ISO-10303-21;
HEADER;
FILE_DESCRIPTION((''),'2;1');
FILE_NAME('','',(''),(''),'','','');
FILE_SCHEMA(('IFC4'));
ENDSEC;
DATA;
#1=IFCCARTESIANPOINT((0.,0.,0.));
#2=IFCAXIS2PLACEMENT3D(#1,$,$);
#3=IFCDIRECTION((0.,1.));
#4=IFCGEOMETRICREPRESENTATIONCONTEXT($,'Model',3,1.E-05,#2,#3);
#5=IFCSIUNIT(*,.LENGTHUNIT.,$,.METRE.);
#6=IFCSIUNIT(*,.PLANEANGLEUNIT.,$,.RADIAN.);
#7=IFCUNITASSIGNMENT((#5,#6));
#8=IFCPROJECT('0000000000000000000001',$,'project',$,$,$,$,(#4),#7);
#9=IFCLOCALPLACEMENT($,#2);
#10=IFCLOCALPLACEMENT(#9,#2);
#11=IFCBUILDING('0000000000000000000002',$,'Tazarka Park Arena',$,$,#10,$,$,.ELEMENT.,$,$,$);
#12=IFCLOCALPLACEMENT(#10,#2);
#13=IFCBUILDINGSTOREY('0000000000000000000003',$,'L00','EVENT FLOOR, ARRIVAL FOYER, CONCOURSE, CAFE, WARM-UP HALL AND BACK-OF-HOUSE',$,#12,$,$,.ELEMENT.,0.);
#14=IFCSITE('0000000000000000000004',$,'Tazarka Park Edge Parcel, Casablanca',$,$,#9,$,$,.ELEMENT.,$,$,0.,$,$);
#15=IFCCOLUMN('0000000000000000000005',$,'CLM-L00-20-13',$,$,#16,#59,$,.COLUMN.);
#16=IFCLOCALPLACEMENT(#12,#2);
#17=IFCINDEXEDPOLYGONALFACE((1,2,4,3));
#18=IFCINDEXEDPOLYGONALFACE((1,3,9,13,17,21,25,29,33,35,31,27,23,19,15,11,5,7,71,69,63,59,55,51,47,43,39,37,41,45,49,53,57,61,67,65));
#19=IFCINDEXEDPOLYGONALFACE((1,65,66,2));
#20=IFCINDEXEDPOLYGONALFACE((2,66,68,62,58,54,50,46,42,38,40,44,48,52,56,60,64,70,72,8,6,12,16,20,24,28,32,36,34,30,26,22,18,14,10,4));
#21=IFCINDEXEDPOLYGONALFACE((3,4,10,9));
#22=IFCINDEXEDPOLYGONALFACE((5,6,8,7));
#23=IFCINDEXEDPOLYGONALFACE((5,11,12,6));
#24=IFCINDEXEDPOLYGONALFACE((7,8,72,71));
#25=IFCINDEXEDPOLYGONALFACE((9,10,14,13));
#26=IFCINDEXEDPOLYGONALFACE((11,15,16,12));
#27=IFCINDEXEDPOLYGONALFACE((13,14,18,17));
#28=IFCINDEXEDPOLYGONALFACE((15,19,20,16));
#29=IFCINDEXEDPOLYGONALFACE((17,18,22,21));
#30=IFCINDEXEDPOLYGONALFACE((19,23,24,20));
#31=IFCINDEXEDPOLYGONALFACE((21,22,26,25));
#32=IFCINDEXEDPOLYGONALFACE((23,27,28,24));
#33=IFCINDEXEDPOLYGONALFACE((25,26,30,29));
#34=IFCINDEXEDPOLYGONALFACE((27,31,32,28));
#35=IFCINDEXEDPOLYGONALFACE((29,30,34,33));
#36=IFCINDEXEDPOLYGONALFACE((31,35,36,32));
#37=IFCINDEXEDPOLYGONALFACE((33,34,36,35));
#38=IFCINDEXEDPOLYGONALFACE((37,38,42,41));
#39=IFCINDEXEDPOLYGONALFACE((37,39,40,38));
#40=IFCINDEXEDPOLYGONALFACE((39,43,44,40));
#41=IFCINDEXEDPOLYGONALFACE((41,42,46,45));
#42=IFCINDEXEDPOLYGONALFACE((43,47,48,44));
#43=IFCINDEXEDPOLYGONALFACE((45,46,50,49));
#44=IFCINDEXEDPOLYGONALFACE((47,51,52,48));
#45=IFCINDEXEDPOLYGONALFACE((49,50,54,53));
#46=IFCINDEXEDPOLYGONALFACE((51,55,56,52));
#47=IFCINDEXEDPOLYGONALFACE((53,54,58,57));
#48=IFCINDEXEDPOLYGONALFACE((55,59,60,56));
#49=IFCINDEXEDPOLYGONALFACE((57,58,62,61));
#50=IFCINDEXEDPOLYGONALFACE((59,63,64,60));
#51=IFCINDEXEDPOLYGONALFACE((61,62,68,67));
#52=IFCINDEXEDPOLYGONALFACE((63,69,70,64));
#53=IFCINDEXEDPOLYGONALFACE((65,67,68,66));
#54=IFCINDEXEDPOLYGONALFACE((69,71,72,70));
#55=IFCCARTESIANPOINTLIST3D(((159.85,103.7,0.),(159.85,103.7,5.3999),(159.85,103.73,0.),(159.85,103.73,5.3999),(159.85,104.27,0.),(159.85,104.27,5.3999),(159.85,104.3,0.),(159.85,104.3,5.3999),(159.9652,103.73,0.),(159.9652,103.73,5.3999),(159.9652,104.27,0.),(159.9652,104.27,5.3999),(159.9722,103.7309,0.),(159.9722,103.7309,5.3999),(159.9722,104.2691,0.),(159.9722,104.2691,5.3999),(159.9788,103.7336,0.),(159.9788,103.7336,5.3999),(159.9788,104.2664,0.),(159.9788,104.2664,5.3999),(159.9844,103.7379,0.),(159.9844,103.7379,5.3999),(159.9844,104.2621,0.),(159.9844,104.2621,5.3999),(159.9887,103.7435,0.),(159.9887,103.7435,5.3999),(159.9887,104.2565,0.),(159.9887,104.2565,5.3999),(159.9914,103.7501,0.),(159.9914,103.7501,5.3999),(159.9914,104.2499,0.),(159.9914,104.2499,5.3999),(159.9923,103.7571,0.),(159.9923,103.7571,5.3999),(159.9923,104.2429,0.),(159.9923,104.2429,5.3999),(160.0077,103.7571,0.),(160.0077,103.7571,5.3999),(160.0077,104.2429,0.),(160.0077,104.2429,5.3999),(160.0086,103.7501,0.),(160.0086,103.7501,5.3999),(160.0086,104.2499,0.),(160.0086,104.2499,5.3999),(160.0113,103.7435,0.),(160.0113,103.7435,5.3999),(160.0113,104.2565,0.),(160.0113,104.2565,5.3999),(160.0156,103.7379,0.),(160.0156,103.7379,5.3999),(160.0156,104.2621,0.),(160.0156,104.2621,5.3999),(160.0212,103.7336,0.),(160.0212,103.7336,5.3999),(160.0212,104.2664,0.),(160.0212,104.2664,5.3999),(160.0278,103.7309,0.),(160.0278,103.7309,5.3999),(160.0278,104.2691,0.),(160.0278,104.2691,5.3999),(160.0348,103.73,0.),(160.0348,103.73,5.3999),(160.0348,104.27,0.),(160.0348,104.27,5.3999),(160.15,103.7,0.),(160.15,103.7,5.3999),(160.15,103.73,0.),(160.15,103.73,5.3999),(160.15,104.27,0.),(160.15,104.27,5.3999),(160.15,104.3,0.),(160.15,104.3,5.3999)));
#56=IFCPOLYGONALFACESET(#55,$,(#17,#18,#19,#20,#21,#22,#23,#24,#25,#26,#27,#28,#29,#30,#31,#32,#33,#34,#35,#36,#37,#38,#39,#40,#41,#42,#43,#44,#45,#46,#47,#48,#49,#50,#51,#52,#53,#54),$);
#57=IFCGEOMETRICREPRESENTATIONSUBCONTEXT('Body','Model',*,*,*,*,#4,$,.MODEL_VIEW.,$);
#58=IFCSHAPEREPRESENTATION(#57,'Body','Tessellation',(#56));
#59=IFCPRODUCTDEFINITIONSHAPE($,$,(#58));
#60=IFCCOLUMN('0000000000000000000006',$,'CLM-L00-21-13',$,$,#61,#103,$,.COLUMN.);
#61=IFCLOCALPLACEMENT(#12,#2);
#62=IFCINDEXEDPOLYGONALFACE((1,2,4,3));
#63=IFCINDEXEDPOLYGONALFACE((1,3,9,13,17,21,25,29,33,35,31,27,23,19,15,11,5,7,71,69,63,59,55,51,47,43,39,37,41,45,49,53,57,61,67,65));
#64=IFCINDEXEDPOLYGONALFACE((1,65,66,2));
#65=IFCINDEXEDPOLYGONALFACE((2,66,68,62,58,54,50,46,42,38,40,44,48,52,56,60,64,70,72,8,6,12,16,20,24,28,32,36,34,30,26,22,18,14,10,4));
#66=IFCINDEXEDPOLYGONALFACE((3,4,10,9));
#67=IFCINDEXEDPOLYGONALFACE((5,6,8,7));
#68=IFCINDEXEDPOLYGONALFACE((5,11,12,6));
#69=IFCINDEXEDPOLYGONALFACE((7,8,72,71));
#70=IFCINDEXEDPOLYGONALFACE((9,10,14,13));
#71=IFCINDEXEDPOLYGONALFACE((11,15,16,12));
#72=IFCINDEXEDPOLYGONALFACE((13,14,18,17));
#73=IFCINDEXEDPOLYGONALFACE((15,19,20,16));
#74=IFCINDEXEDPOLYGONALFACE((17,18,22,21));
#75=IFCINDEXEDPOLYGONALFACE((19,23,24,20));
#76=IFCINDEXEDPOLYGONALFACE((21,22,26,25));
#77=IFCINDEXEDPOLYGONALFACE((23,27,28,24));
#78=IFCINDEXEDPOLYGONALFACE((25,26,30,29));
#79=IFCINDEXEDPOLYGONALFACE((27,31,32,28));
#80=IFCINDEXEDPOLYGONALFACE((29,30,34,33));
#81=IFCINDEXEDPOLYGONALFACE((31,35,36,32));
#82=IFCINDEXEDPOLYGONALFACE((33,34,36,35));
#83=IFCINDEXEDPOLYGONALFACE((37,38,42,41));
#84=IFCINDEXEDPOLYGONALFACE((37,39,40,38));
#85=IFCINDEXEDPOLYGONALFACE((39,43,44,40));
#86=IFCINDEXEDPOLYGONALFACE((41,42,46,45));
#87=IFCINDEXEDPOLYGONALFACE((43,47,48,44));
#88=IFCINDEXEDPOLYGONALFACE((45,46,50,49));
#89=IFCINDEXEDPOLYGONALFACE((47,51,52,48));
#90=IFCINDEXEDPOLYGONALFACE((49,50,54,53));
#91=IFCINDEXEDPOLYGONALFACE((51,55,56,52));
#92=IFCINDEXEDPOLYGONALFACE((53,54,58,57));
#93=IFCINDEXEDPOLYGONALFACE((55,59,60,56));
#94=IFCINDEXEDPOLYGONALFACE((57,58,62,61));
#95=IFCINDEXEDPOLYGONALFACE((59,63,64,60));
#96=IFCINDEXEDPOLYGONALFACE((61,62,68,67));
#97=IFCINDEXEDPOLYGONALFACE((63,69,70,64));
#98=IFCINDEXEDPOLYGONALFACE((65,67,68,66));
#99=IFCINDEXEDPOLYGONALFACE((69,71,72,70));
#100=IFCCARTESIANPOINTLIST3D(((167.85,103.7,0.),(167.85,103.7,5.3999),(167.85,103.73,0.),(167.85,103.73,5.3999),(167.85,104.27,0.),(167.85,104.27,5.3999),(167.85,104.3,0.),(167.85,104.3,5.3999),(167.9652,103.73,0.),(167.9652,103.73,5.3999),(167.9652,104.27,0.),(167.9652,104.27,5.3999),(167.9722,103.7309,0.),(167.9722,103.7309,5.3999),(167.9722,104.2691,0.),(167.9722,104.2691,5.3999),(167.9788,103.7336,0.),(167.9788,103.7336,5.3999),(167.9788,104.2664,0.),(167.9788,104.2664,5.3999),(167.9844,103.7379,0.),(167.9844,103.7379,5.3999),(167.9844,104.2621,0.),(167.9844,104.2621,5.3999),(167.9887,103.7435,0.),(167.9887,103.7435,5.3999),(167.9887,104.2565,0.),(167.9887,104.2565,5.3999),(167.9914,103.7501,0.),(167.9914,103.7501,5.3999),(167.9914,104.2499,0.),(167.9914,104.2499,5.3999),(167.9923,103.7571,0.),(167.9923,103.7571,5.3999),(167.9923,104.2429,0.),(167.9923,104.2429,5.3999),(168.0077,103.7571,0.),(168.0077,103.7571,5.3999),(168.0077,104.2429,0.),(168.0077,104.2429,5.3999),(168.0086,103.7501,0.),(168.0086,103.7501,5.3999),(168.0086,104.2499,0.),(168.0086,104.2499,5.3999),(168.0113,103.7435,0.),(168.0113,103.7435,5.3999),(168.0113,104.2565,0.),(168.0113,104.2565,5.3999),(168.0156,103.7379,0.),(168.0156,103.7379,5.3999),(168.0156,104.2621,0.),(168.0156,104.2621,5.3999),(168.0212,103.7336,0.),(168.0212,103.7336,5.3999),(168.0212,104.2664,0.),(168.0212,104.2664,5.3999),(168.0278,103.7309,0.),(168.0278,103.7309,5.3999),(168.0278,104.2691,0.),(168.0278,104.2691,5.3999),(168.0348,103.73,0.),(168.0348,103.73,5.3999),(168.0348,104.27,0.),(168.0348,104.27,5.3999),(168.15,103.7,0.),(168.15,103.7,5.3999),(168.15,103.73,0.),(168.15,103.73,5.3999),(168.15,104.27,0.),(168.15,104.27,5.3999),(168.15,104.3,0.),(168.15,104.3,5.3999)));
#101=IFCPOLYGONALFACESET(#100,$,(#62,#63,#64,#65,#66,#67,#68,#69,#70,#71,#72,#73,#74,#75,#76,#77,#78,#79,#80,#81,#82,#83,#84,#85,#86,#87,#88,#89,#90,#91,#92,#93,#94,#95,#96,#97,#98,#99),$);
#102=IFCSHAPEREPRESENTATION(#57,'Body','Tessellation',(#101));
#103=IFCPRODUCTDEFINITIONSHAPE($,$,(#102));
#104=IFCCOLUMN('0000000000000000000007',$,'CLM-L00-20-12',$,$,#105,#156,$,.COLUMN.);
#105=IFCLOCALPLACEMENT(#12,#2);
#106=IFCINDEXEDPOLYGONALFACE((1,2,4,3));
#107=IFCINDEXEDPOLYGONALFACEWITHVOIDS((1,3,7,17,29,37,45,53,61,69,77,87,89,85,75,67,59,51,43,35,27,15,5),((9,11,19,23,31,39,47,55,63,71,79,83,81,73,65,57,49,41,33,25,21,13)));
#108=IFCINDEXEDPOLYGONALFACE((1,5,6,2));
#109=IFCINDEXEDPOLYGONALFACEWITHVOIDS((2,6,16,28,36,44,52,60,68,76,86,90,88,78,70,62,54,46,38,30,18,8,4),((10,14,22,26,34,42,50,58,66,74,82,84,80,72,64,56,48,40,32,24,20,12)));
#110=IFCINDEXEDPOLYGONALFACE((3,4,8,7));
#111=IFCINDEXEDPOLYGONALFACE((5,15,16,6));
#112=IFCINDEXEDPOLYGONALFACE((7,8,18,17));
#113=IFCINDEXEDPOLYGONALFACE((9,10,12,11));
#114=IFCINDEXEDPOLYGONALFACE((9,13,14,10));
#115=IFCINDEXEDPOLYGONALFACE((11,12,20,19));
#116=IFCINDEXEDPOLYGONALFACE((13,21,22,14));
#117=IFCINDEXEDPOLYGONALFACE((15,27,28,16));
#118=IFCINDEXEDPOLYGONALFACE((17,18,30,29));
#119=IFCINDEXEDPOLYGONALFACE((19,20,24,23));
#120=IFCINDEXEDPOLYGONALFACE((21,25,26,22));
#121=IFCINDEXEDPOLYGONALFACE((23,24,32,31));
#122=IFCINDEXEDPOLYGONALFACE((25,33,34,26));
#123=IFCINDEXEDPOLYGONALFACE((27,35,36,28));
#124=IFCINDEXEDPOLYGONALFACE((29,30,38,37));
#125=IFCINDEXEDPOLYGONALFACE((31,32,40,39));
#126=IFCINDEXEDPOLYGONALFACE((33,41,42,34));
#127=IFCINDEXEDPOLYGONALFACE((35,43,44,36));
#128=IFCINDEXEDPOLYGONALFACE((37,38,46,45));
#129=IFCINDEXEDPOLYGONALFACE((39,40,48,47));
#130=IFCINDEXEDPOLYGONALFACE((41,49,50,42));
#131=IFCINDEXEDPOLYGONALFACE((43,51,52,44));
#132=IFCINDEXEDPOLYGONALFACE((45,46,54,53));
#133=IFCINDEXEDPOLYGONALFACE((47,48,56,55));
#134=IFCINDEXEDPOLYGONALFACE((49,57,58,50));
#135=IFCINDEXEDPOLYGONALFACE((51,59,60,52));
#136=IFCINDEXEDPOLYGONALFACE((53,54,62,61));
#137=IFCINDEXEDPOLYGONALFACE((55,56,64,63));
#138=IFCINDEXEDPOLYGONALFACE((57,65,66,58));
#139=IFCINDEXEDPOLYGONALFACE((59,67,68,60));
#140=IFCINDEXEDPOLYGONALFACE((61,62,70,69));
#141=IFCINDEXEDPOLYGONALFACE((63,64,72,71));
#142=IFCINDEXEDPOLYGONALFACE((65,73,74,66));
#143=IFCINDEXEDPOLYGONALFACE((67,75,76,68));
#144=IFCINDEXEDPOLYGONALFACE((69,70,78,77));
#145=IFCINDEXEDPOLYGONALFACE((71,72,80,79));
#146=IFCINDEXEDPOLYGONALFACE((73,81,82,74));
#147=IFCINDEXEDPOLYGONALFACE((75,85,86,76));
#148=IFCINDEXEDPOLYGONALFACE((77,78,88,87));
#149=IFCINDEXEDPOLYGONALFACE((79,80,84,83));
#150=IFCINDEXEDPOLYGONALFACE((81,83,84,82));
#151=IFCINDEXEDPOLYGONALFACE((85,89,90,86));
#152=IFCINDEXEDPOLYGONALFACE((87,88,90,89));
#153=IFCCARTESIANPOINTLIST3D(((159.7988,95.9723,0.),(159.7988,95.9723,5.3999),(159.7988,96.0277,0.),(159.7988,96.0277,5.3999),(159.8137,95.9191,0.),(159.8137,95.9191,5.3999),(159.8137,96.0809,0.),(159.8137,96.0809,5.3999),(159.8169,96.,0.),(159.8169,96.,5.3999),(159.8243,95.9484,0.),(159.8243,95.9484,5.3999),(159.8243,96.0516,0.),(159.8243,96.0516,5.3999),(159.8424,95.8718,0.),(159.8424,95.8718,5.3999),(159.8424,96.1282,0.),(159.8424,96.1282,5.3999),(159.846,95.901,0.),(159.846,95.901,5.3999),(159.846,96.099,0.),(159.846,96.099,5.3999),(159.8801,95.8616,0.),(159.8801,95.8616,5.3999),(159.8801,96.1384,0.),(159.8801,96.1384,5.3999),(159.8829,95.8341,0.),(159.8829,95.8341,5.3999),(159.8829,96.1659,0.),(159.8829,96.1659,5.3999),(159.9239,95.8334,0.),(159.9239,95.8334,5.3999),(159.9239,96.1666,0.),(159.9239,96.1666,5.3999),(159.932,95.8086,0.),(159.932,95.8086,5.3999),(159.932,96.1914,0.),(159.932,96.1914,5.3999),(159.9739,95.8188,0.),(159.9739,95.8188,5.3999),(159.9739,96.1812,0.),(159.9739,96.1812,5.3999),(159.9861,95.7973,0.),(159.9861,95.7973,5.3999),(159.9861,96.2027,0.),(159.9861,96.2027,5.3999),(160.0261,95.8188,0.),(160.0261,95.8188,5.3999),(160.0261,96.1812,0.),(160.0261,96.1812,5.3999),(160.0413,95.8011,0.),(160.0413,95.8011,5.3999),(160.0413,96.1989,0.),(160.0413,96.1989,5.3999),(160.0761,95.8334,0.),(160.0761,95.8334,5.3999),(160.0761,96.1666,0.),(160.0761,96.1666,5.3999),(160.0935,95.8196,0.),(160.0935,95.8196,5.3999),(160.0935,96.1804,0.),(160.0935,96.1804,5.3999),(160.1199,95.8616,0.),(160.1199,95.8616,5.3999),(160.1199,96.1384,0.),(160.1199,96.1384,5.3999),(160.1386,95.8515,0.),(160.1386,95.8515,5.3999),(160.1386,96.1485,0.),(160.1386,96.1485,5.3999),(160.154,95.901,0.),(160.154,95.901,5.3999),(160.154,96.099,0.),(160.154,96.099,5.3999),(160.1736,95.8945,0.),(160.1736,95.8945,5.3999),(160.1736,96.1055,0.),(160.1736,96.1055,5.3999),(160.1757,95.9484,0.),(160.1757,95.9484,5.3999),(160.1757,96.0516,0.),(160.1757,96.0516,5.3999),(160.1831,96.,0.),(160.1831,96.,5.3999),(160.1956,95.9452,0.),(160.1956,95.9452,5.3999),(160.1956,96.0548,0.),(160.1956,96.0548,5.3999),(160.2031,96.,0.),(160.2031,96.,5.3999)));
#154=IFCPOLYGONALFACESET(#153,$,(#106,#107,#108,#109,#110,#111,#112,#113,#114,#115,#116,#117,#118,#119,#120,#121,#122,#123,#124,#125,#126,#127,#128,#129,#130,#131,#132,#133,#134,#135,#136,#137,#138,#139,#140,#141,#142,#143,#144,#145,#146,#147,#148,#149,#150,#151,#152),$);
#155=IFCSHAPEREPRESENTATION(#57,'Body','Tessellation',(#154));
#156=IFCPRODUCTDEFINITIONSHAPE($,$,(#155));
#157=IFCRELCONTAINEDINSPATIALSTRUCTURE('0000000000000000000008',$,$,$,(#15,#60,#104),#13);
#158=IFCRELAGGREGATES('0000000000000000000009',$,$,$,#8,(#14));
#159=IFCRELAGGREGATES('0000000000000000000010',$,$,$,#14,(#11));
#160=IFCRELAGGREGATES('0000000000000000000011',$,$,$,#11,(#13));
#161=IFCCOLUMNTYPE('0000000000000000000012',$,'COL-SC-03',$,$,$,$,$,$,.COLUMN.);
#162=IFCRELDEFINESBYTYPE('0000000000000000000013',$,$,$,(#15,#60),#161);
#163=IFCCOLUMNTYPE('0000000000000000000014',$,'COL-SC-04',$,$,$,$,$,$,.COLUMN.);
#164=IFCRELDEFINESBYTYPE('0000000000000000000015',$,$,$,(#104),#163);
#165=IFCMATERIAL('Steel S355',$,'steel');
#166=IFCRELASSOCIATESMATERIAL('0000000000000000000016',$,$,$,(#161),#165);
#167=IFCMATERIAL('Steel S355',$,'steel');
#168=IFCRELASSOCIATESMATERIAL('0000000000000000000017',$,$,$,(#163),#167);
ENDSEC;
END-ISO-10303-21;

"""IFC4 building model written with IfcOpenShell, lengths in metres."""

from ifc_helpers import new_model, si_unit, direction, frame, origin, origin_2d, place, context, subcontext, project, spatial, hollow_circle, i_section, extrude, material, material_profile, profile_set, type_object, element, save


model = new_model("IFC4")

# Units and contexts
model_context = context("Model", 3, precision=1e-05, world=origin(), true_north=direction((0.0, 1.0)))
body_context = subcontext(model_context, "Body", "Model", "MODEL_VIEW")
ifc_project = project(units=[si_unit("LENGTHUNIT", "METRE"), si_unit("PLANEANGLEUNIT", "RADIAN")], contexts=[model_context])

# Site, building, storey
site_placement = place(None, origin())
site = spatial("IfcSite", under=ifc_project, at=site_placement, Name="Tazarka Park Edge Parcel, Casablanca", CompositionType="ELEMENT", RefElevation=0.0)
building_placement = place(site_placement, origin())
building = spatial("IfcBuilding", under=site, at=building_placement, Name="Tazarka Park Arena", CompositionType="ELEMENT")
storey_placement = place(building_placement, origin())
storey = spatial("IfcBuildingStorey", under=building, at=storey_placement, Name="L00", Description="EVENT FLOOR, ARRIVAL FOYER, CONCOURSE, CAFE, WARM-UP HALL AND BACK-OF-HOUSE", CompositionType="ELEMENT", Elevation=0.0)

# Columns
ifc_material_1 = material(Name="Steel S355", Category="steel")
ifc_material_profile_1 = material_profile(ifc_material_1, i_section(OverallWidth=0.3, OverallDepth=0.6001, WebThickness=0.0154, FlangeThickness=0.03, FilletRadius=0.0271, at=origin_2d()), Name="Steel S355")
ifc_profile_set_1 = profile_set([ifc_material_profile_1], Name="Steel S355")
column_type_1 = type_object("IfcColumnType", Name="COL-SC-03", PredefinedType="COLUMN", material=ifc_profile_set_1)
for number, where, z_axis, x_axis, name in (
    (1, (160.0, 104.0, 0.0), (0.0, 0.0, 1.0), (1.0, 0.0, 0.0), "CLM-L00-20-13"),
    (2, (168.0, 104.0, 0.0), (0.0, 0.0, 1.0), (1.0, 0.0, 0.0), "CLM-L00-21-13"),
):
    element("IfcColumn", number, at=place(storey_placement, frame(where, z_axis=z_axis, x_axis=x_axis)), inside=storey, type_object=column_type_1, Name=name, PredefinedType="COLUMN", context=body_context, shape_type="SweptSolid", body=[
        extrude(i_section(OverallWidth=0.3, OverallDepth=0.6001, WebThickness=0.0154, FlangeThickness=0.03, FilletRadius=0.0271, at=origin_2d()), origin(), (0.0, 0.0, 1.0), 5.3999),
    ])
ifc_material_2 = material(Name="Steel S355", Category="steel")
ifc_material_profile_2 = material_profile(ifc_material_2, hollow_circle(Radius=0.2031, WallThickness=0.02, at=origin_2d()), Name="Steel S355")
ifc_profile_set_2 = profile_set([ifc_material_profile_2], Name="Steel S355")
column_type_2 = type_object("IfcColumnType", Name="COL-SC-04", PredefinedType="COLUMN", material=ifc_profile_set_2)
for number, where, z_axis, x_axis, name in (
    (3, (160.0, 96.0, 0.0), (0.0, 0.0, 1.0), (1.0, 0.0, 0.0), "CLM-L00-20-12"),
):
    element("IfcColumn", number, at=place(storey_placement, frame(where, z_axis=z_axis, x_axis=x_axis)), inside=storey, type_object=column_type_2, Name=name, PredefinedType="COLUMN", context=body_context, shape_type="SweptSolid", body=[
        extrude(hollow_circle(Radius=0.2031, WallThickness=0.02, at=origin_2d()), origin(), (0.0, 0.0, 1.0), 5.3999),
    ])

save(model, "model.ifc")
